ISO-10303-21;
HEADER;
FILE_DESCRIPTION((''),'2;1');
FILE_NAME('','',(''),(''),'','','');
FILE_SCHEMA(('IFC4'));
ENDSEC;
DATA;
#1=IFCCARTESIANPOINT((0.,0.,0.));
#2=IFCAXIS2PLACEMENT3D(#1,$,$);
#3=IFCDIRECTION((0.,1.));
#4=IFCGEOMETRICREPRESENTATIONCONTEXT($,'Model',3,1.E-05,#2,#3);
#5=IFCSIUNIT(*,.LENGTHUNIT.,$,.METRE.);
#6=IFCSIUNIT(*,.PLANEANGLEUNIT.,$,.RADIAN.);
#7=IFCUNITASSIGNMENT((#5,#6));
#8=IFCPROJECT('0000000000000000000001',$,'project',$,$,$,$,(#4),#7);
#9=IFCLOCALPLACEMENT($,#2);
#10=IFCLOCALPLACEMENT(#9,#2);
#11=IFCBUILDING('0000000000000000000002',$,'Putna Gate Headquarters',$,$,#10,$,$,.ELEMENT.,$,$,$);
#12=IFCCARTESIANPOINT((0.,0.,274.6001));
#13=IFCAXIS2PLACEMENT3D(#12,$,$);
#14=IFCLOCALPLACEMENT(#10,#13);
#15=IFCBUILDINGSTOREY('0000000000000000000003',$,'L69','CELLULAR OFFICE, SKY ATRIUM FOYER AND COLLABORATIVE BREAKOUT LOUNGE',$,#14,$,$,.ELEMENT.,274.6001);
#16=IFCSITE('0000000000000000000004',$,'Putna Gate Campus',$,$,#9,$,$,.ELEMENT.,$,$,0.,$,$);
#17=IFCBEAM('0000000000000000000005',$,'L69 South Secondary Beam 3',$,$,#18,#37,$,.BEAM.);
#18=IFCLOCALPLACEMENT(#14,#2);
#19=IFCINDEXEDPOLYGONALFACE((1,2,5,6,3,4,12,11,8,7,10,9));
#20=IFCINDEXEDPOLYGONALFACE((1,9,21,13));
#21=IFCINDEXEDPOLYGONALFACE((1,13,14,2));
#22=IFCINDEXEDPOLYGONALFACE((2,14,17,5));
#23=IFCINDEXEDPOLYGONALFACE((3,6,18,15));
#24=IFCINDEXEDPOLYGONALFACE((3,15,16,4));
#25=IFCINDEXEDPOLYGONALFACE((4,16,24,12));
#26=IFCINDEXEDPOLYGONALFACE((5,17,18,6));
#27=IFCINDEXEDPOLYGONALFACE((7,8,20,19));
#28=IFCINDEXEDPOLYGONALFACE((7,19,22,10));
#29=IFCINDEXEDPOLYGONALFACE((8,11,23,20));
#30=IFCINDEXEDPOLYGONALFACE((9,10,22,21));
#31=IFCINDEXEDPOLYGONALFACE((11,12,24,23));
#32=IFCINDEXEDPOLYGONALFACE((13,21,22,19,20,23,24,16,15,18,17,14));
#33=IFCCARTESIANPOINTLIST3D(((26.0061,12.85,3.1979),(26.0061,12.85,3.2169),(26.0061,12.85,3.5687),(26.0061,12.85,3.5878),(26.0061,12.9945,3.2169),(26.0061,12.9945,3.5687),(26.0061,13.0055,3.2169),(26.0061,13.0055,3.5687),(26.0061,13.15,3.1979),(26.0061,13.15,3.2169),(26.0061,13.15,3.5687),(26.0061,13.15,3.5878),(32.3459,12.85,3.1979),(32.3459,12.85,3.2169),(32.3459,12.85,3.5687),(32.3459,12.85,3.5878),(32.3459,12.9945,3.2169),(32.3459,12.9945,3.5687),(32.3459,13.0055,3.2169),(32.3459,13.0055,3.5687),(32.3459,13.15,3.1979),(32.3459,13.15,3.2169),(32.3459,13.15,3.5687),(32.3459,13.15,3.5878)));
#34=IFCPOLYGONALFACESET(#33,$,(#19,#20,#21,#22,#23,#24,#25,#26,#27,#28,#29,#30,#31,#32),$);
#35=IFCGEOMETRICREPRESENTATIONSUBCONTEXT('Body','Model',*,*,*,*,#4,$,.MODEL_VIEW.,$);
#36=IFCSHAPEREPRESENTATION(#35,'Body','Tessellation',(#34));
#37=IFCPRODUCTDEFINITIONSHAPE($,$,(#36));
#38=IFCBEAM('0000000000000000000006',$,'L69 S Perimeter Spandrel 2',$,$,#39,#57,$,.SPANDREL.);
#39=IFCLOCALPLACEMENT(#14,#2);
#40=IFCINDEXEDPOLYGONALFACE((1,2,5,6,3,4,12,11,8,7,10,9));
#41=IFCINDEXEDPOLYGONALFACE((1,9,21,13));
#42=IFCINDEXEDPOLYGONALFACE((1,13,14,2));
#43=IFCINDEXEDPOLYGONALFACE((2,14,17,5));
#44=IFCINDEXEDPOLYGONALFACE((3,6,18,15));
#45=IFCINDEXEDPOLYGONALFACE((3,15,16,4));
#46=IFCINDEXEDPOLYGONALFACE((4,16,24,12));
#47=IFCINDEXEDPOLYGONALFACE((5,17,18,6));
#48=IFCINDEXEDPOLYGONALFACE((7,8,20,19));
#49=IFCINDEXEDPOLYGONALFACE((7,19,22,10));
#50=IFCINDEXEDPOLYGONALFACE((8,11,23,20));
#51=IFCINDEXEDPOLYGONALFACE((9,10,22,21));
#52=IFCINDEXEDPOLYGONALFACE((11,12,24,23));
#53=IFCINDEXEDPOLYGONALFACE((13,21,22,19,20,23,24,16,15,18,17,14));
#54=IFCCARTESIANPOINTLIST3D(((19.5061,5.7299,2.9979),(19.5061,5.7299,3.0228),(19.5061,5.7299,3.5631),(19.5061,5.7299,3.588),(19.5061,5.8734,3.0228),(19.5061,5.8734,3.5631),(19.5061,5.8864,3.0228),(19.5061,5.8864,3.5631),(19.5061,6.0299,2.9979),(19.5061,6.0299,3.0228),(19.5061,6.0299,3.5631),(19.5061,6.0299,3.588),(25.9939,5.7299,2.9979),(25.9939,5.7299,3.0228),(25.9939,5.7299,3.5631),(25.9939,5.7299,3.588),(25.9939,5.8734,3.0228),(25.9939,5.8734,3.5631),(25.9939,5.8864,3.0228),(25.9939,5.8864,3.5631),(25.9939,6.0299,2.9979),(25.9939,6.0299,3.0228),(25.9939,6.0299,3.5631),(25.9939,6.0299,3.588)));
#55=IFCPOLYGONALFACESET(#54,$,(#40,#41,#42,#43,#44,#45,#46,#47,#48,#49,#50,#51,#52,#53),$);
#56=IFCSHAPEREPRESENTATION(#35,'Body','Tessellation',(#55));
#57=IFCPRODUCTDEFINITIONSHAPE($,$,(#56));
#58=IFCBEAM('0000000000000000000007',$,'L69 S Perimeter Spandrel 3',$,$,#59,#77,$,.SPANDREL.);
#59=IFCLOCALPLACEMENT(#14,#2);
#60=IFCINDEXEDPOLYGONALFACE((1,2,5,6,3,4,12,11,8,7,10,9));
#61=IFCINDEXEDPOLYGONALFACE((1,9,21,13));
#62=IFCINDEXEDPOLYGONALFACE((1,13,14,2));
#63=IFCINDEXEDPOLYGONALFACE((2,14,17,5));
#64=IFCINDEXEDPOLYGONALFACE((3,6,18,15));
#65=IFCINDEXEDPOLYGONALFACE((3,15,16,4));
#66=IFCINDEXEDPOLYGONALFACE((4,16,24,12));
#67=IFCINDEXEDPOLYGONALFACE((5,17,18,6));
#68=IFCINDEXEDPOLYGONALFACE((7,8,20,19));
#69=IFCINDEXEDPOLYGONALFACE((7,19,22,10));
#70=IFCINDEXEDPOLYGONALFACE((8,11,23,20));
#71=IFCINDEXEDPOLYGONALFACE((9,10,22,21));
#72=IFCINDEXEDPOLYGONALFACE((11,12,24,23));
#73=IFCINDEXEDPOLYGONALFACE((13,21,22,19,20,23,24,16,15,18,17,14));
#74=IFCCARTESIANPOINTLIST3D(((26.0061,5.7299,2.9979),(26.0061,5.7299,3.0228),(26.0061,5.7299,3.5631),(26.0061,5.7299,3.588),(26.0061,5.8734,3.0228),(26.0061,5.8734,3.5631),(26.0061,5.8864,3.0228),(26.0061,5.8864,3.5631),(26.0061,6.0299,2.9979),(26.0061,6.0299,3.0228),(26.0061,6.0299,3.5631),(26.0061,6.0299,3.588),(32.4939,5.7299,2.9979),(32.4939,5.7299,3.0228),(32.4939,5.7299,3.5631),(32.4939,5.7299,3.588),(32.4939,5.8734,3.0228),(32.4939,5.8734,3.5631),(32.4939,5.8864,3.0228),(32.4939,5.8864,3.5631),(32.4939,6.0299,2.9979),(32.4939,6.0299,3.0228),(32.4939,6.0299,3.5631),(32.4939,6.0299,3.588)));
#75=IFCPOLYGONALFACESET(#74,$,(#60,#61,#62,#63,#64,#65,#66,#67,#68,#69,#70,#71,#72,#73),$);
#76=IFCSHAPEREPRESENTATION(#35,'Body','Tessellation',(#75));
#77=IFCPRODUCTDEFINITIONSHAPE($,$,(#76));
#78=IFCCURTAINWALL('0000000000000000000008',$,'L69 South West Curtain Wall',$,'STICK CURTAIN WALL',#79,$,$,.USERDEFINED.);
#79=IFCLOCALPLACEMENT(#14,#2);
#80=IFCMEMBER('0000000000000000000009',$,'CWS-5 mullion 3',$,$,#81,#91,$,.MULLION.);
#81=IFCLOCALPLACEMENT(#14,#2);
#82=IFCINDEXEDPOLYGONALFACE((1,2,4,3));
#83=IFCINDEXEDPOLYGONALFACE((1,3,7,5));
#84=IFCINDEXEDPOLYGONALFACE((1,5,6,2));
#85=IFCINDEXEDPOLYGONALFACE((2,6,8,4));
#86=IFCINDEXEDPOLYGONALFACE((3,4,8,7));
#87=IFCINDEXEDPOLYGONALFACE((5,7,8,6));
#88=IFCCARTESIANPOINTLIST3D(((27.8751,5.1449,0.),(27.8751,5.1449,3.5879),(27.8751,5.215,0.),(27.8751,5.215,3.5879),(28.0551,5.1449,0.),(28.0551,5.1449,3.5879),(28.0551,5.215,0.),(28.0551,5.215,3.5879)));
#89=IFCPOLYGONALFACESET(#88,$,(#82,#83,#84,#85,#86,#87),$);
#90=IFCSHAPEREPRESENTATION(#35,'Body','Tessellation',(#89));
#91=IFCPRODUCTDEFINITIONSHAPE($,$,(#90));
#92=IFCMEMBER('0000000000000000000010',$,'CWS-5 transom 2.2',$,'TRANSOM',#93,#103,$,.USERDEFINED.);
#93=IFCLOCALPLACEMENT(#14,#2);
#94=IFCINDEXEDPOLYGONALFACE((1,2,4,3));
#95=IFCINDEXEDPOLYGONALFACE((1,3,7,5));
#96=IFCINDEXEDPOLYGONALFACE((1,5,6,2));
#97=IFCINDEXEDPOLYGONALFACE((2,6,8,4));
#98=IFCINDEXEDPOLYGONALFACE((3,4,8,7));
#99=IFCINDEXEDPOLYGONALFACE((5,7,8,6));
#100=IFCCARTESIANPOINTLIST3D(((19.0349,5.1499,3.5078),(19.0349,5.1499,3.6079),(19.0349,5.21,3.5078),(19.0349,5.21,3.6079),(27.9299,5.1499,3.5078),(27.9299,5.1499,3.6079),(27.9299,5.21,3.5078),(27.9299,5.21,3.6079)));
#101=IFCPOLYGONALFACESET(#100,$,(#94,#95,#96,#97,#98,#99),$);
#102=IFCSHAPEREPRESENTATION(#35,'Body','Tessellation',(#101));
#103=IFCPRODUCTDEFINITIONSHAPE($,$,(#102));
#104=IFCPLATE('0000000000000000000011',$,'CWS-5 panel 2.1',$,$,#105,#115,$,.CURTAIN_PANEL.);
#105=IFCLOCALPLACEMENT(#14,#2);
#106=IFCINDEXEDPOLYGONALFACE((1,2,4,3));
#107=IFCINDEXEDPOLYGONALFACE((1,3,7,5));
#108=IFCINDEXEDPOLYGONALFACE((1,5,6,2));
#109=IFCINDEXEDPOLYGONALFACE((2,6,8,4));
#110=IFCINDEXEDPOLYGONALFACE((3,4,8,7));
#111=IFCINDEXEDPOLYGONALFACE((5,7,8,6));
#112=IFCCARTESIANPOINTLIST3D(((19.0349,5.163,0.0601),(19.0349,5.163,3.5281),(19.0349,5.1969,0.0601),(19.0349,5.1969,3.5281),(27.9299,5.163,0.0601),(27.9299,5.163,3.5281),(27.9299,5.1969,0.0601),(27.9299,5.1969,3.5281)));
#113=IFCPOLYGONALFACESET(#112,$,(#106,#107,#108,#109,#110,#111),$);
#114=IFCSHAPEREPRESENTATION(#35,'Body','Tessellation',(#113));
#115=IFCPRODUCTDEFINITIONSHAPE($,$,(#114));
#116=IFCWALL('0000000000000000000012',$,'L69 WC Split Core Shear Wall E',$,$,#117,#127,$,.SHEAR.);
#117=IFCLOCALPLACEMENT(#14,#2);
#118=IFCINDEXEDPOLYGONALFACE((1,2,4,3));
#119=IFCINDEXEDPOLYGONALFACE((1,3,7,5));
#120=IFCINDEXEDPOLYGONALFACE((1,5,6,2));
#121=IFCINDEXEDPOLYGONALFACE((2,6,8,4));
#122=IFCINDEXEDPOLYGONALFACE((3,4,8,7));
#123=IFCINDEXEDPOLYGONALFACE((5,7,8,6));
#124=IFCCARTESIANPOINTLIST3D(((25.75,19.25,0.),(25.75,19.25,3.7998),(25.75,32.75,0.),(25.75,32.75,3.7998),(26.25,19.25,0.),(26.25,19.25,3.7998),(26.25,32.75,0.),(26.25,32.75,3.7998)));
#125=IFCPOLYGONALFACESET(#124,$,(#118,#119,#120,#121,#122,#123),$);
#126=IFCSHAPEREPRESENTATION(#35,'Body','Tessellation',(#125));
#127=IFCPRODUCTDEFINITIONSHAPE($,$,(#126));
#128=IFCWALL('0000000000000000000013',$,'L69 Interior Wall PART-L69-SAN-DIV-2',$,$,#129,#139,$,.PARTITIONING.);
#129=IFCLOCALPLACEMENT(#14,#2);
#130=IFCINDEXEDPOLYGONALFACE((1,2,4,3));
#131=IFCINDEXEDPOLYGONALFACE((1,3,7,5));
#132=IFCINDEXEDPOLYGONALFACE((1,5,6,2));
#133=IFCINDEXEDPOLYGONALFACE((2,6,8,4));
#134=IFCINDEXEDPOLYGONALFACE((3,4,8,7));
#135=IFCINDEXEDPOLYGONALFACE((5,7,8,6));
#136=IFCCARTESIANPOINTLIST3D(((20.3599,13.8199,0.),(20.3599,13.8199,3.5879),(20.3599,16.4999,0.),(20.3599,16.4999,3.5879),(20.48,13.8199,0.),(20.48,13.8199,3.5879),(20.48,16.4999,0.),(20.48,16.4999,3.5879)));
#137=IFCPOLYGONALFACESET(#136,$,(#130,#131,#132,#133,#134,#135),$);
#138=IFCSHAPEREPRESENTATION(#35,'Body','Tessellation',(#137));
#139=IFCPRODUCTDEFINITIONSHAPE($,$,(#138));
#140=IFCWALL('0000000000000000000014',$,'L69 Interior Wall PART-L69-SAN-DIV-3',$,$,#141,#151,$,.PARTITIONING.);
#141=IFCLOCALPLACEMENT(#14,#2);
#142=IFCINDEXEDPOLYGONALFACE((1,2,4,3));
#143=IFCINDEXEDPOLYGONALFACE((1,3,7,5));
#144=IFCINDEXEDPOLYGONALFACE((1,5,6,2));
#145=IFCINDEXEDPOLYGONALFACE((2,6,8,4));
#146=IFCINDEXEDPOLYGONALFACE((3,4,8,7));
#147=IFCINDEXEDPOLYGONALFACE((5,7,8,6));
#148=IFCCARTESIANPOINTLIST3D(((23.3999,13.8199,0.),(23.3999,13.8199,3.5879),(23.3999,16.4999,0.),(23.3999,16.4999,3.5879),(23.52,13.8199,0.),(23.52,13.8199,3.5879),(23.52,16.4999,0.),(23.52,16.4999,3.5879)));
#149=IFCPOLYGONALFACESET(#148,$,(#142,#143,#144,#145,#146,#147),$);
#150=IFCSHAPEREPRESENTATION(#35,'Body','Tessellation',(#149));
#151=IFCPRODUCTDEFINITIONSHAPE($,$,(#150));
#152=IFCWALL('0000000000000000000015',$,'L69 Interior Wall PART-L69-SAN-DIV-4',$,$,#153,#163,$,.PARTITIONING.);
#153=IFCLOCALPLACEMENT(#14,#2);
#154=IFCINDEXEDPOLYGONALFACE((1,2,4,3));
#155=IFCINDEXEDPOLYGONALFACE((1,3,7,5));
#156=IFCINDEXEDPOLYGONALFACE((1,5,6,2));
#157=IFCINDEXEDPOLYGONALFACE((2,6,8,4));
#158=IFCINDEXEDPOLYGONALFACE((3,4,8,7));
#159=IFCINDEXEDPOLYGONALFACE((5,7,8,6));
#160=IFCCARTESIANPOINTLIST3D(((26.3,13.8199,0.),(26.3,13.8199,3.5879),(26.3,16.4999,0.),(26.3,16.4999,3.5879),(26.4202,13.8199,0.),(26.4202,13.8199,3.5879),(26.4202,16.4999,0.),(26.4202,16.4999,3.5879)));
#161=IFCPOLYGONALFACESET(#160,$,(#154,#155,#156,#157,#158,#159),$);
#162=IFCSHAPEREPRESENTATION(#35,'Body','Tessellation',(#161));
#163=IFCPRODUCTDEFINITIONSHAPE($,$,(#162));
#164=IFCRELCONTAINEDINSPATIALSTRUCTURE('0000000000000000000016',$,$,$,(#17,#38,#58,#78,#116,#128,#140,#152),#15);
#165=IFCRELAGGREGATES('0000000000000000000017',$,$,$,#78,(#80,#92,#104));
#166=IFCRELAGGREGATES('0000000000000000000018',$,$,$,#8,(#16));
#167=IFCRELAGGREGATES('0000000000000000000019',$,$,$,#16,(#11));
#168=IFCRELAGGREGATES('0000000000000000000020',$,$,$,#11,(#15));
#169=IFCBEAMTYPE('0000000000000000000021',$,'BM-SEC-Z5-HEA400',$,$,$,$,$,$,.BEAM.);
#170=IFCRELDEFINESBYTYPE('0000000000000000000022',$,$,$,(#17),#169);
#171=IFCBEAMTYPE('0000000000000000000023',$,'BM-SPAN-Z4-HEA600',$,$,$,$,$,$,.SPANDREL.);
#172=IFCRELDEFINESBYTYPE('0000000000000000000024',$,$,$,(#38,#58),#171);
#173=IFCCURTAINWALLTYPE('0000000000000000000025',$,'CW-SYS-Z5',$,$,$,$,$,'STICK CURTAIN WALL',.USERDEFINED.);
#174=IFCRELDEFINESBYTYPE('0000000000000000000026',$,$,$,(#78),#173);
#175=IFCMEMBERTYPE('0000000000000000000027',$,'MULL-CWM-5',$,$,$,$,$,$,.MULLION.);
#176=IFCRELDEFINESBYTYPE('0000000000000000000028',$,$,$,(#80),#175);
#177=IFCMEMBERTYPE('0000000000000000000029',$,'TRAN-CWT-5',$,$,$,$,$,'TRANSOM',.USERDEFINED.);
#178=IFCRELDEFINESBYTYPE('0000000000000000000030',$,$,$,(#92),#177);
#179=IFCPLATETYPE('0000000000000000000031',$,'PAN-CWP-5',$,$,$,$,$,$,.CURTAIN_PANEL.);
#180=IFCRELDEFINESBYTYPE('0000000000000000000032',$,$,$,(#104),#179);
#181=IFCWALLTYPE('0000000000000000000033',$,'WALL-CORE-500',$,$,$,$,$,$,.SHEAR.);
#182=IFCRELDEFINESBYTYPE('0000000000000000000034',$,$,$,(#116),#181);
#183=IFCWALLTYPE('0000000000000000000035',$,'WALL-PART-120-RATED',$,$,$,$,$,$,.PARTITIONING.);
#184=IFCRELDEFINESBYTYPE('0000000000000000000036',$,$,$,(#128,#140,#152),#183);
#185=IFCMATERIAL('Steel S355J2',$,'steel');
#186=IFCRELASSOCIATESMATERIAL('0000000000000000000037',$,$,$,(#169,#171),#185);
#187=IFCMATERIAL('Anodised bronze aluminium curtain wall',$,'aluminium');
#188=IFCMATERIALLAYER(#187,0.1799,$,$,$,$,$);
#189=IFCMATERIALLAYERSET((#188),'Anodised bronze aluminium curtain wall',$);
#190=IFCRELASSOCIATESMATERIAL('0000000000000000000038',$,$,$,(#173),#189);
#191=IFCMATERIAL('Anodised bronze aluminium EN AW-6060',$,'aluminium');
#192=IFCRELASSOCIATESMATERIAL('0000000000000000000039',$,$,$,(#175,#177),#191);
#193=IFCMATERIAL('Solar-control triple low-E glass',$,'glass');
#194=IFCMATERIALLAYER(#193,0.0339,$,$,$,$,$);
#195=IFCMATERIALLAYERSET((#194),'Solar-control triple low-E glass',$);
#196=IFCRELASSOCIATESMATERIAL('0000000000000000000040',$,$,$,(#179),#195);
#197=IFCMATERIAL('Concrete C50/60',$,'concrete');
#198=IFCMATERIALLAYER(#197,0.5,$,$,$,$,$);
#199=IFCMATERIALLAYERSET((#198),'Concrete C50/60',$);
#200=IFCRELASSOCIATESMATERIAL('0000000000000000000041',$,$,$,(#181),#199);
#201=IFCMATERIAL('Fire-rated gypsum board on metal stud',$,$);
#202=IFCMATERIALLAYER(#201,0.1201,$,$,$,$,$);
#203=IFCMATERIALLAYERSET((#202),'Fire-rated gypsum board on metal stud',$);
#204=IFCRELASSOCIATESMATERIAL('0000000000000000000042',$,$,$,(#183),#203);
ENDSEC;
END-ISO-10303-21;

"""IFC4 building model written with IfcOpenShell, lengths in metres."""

from ifc_helpers import new_model, si_unit, direction, frame, frame_2d, origin, origin_2d, place, context, subcontext, project, spatial, rectangle, i_section, extrude, material, layer, layer_set, material_profile, profile_set, type_object, element, aggregate, save


model = new_model("IFC4")

# Units and contexts
model_context = context("Model", 3, precision=1e-05, world=origin(), true_north=direction((0.0, 1.0)))
body_context = subcontext(model_context, "Body", "Model", "MODEL_VIEW")
ifc_project = project(units=[si_unit("LENGTHUNIT", "METRE"), si_unit("PLANEANGLEUNIT", "RADIAN")], contexts=[model_context])

# Site, building, storey
site_placement = place(None, origin())
site = spatial("IfcSite", under=ifc_project, at=site_placement, Name="Putna Gate Campus", CompositionType="ELEMENT", RefElevation=0.0)
building_placement = place(site_placement, origin())
building = spatial("IfcBuilding", under=site, at=building_placement, Name="Putna Gate Headquarters", CompositionType="ELEMENT")
storey_placement = place(building_placement, frame((0.0, 0.0, 274.6001)))
storey = spatial("IfcBuildingStorey", under=building, at=storey_placement, Name="L69", Description="CELLULAR OFFICE, SKY ATRIUM FOYER AND COLLABORATIVE BREAKOUT LOUNGE", CompositionType="ELEMENT", Elevation=274.6001)

# Beams
ifc_material_1 = material(Name="Steel S355J2", Category="steel")
ifc_material_profile_1 = material_profile(ifc_material_1, i_section(OverallWidth=0.3, OverallDepth=0.3899, WebThickness=0.011, FlangeThickness=0.019, at=origin_2d()), Name="Steel S355J2")
ifc_profile_set_1 = profile_set([ifc_material_profile_1], Name="Steel S355J2")
beam_type_1 = type_object("IfcBeamType", Name="BM-SEC-Z5-HEA400", PredefinedType="BEAM", material=ifc_profile_set_1)
for number, where, z_axis, x_axis, name in (
    (1, (26.0061, 13.0, 3.3928), (1.0, 0.0, 0.0), (0.0, 1.0, 0.0), "L69 South Secondary Beam 3"),
):
    element("IfcBeam", number, at=place(storey_placement, frame(where, z_axis=z_axis, x_axis=x_axis)), inside=storey, type_object=beam_type_1, Name=name, PredefinedType="BEAM", context=body_context, shape_type="SweptSolid", body=[
        extrude(i_section(OverallWidth=0.3, OverallDepth=0.3899, WebThickness=0.011, FlangeThickness=0.019, at=origin_2d()), origin(), (0.0, 0.0, 1.0), 6.3398),
    ])
ifc_material_profile_2 = material_profile(ifc_material_1, i_section(OverallWidth=0.3, OverallDepth=0.5901, WebThickness=0.0129, FlangeThickness=0.0249, at=origin_2d()), Name="Steel S355J2")
ifc_profile_set_2 = profile_set([ifc_material_profile_2], Name="Steel S355J2")
beam_type_2 = type_object("IfcBeamType", Name="BM-SPAN-Z4-HEA600", PredefinedType="SPANDREL", material=ifc_profile_set_2)
for number, where, z_axis, x_axis, name in (
    (2, (19.5061, 5.8799, 3.293), (1.0, 0.0, 0.0), (0.0, 1.0, 0.0), "L69 S Perimeter Spandrel 2"),
    (3, (26.0061, 5.8799, 3.293), (1.0, 0.0, 0.0), (0.0, 1.0, 0.0), "L69 S Perimeter Spandrel 3"),
):
    element("IfcBeam", number, at=place(storey_placement, frame(where, z_axis=z_axis, x_axis=x_axis)), inside=storey, type_object=beam_type_2, Name=name, PredefinedType="SPANDREL", context=body_context, shape_type="SweptSolid", body=[
        extrude(i_section(OverallWidth=0.3, OverallDepth=0.5901, WebThickness=0.0129, FlangeThickness=0.0249, at=origin_2d()), origin(), (0.0, 0.0, 1.0), 6.4878),
    ])

# Curtain wall, members, plate
ifc_material_2 = material(Name="Anodised bronze aluminium curtain wall", Category="aluminium")
ifc_layer_1 = layer(ifc_material_2, 0.1799)
ifc_layer_set_1 = layer_set([ifc_layer_1], Name="Anodised bronze aluminium curtain wall")
curtain_wall_type = type_object("IfcCurtainWallType", Name="CW-SYS-Z5", ElementType="STICK CURTAIN WALL", PredefinedType="USERDEFINED", material=ifc_layer_set_1)
curtain_wall_placement = place(storey_placement, origin())
curtain_wall = element("IfcCurtainWall", 4, at=curtain_wall_placement, inside=storey, type_object=curtain_wall_type, Name="L69 South West Curtain Wall", ObjectType="STICK CURTAIN WALL", PredefinedType="USERDEFINED")
ifc_material_3 = material(Name="Anodised bronze aluminium EN AW-6060", Category="aluminium")
ifc_material_profile_3 = material_profile(ifc_material_3, rectangle(XDim=0.0701, YDim=0.1799, at=origin_2d()), Name="Anodised bronze aluminium EN AW-6060")
ifc_profile_set_3 = profile_set([ifc_material_profile_3], Name="Anodised bronze aluminium EN AW-6060")
member_type_1 = type_object("IfcMemberType", Name="MULL-CWM-5", PredefinedType="MULLION", material=ifc_profile_set_3)
member_1_placement = place(storey_placement, frame((27.9651, 5.1799, 0.0), z_axis=(0.0, 0.0, 1.0), x_axis=(0.0, 1.0, 0.0)))
member_1 = element("IfcMember", 5, at=member_1_placement, type_object=member_type_1, Name="CWS-5 mullion 3", PredefinedType="MULLION", context=body_context, shape_type="SweptSolid", body=[
    extrude(rectangle(XDim=0.0701, YDim=0.1799, at=origin_2d()), origin(), (0.0, 0.0, 1.0), 3.5879),
])
ifc_material_profile_4 = material_profile(ifc_material_3, rectangle(XDim=0.0601, YDim=0.1001, at=origin_2d()), Name="Anodised bronze aluminium EN AW-6060")
ifc_profile_set_4 = profile_set([ifc_material_profile_4], Name="Anodised bronze aluminium EN AW-6060")
member_type_2 = type_object("IfcMemberType", Name="TRAN-CWT-5", ElementType="TRANSOM", PredefinedType="USERDEFINED", material=ifc_profile_set_4)
member_2_placement = place(storey_placement, frame((19.0349, 5.1799, 3.5579), z_axis=(1.0, 0.0, 0.0), x_axis=(0.0, 1.0, 0.0)))
member_2 = element("IfcMember", 6, at=member_2_placement, type_object=member_type_2, Name="CWS-5 transom 2.2", ObjectType="TRANSOM", PredefinedType="USERDEFINED", context=body_context, shape_type="SweptSolid", body=[
    extrude(rectangle(XDim=0.0601, YDim=0.1001, at=origin_2d()), origin(), (0.0, 0.0, 1.0), 8.895),
])
ifc_material_4 = material(Name="Solar-control triple low-E glass", Category="glass")
ifc_layer_2 = layer(ifc_material_4, 0.0339)
ifc_layer_set_2 = layer_set([ifc_layer_2], Name="Solar-control triple low-E glass")
plate_type = type_object("IfcPlateType", Name="PAN-CWP-5", PredefinedType="CURTAIN_PANEL", material=ifc_layer_set_2)
plate_placement = place(storey_placement, frame((23.4824, 5.1799, 0.0601), z_axis=(0.0, 0.0, 1.0), x_axis=(1.0, 0.0, 0.0)))
plate = element("IfcPlate", 7, at=plate_placement, type_object=plate_type, Name="CWS-5 panel 2.1", PredefinedType="CURTAIN_PANEL", context=body_context, shape_type="SweptSolid", body=[
    extrude(rectangle(XDim=8.895, YDim=0.0339, at=origin_2d()), origin(), (0.0, 0.0, 1.0), 3.468),
])
aggregate(curtain_wall, [member_1, member_2, plate])

# Walls
ifc_material_5 = material(Name="Concrete C50/60", Category="concrete")
ifc_layer_3 = layer(ifc_material_5, 0.5)
ifc_layer_set_3 = layer_set([ifc_layer_3], Name="Concrete C50/60")
wall_type_1 = type_object("IfcWallType", Name="WALL-CORE-500", PredefinedType="SHEAR", material=ifc_layer_set_3)
wall_1_placement = place(storey_placement, frame((26.0, 19.25, 0.0), z_axis=(0.0, 0.0, 1.0), x_axis=(0.0, 1.0, 0.0)))
element("IfcWall", 8, at=wall_1_placement, inside=storey, type_object=wall_type_1, Name="L69 WC Split Core Shear Wall E", PredefinedType="SHEAR", context=body_context, shape_type="SweptSolid", body=[
    extrude(rectangle(XDim=13.5, YDim=0.5, at=frame_2d((6.75, 0.0))), origin(), (0.0, 0.0, 1.0), 3.7998),
])
ifc_material_6 = material(Name="Fire-rated gypsum board on metal stud")
ifc_layer_4 = layer(ifc_material_6, 0.1201)
ifc_layer_set_4 = layer_set([ifc_layer_4], Name="Fire-rated gypsum board on metal stud")
wall_type_2 = type_object("IfcWallType", Name="WALL-PART-120-RATED", PredefinedType="PARTITIONING", material=ifc_layer_set_4)
for number, where, z_axis, x_axis, name in (
    (9, (20.4199, 13.8201, 0.0), (0.0, 0.0, 1.0), (0.0, 1.0, 0.0), "L69 Interior Wall PART-L69-SAN-DIV-2"),
    (10, (23.46, 13.8201, 0.0), (0.0, 0.0, 1.0), (0.0, 1.0, 0.0), "L69 Interior Wall PART-L69-SAN-DIV-3"),
    (11, (26.3601, 13.8201, 0.0), (0.0, 0.0, 1.0), (0.0, 1.0, 0.0), "L69 Interior Wall PART-L69-SAN-DIV-4"),
):
    element("IfcWall", number, at=place(storey_placement, frame(where, z_axis=z_axis, x_axis=x_axis)), inside=storey, type_object=wall_type_2, Name=name, PredefinedType="PARTITIONING", context=body_context, shape_type="SweptSolid", body=[
        extrude(rectangle(XDim=2.6799, YDim=0.1201, at=frame_2d((1.3398, 0.0))), origin(), (0.0, 0.0, 1.0), 3.5879),
    ])

save(model, "model.ifc")
